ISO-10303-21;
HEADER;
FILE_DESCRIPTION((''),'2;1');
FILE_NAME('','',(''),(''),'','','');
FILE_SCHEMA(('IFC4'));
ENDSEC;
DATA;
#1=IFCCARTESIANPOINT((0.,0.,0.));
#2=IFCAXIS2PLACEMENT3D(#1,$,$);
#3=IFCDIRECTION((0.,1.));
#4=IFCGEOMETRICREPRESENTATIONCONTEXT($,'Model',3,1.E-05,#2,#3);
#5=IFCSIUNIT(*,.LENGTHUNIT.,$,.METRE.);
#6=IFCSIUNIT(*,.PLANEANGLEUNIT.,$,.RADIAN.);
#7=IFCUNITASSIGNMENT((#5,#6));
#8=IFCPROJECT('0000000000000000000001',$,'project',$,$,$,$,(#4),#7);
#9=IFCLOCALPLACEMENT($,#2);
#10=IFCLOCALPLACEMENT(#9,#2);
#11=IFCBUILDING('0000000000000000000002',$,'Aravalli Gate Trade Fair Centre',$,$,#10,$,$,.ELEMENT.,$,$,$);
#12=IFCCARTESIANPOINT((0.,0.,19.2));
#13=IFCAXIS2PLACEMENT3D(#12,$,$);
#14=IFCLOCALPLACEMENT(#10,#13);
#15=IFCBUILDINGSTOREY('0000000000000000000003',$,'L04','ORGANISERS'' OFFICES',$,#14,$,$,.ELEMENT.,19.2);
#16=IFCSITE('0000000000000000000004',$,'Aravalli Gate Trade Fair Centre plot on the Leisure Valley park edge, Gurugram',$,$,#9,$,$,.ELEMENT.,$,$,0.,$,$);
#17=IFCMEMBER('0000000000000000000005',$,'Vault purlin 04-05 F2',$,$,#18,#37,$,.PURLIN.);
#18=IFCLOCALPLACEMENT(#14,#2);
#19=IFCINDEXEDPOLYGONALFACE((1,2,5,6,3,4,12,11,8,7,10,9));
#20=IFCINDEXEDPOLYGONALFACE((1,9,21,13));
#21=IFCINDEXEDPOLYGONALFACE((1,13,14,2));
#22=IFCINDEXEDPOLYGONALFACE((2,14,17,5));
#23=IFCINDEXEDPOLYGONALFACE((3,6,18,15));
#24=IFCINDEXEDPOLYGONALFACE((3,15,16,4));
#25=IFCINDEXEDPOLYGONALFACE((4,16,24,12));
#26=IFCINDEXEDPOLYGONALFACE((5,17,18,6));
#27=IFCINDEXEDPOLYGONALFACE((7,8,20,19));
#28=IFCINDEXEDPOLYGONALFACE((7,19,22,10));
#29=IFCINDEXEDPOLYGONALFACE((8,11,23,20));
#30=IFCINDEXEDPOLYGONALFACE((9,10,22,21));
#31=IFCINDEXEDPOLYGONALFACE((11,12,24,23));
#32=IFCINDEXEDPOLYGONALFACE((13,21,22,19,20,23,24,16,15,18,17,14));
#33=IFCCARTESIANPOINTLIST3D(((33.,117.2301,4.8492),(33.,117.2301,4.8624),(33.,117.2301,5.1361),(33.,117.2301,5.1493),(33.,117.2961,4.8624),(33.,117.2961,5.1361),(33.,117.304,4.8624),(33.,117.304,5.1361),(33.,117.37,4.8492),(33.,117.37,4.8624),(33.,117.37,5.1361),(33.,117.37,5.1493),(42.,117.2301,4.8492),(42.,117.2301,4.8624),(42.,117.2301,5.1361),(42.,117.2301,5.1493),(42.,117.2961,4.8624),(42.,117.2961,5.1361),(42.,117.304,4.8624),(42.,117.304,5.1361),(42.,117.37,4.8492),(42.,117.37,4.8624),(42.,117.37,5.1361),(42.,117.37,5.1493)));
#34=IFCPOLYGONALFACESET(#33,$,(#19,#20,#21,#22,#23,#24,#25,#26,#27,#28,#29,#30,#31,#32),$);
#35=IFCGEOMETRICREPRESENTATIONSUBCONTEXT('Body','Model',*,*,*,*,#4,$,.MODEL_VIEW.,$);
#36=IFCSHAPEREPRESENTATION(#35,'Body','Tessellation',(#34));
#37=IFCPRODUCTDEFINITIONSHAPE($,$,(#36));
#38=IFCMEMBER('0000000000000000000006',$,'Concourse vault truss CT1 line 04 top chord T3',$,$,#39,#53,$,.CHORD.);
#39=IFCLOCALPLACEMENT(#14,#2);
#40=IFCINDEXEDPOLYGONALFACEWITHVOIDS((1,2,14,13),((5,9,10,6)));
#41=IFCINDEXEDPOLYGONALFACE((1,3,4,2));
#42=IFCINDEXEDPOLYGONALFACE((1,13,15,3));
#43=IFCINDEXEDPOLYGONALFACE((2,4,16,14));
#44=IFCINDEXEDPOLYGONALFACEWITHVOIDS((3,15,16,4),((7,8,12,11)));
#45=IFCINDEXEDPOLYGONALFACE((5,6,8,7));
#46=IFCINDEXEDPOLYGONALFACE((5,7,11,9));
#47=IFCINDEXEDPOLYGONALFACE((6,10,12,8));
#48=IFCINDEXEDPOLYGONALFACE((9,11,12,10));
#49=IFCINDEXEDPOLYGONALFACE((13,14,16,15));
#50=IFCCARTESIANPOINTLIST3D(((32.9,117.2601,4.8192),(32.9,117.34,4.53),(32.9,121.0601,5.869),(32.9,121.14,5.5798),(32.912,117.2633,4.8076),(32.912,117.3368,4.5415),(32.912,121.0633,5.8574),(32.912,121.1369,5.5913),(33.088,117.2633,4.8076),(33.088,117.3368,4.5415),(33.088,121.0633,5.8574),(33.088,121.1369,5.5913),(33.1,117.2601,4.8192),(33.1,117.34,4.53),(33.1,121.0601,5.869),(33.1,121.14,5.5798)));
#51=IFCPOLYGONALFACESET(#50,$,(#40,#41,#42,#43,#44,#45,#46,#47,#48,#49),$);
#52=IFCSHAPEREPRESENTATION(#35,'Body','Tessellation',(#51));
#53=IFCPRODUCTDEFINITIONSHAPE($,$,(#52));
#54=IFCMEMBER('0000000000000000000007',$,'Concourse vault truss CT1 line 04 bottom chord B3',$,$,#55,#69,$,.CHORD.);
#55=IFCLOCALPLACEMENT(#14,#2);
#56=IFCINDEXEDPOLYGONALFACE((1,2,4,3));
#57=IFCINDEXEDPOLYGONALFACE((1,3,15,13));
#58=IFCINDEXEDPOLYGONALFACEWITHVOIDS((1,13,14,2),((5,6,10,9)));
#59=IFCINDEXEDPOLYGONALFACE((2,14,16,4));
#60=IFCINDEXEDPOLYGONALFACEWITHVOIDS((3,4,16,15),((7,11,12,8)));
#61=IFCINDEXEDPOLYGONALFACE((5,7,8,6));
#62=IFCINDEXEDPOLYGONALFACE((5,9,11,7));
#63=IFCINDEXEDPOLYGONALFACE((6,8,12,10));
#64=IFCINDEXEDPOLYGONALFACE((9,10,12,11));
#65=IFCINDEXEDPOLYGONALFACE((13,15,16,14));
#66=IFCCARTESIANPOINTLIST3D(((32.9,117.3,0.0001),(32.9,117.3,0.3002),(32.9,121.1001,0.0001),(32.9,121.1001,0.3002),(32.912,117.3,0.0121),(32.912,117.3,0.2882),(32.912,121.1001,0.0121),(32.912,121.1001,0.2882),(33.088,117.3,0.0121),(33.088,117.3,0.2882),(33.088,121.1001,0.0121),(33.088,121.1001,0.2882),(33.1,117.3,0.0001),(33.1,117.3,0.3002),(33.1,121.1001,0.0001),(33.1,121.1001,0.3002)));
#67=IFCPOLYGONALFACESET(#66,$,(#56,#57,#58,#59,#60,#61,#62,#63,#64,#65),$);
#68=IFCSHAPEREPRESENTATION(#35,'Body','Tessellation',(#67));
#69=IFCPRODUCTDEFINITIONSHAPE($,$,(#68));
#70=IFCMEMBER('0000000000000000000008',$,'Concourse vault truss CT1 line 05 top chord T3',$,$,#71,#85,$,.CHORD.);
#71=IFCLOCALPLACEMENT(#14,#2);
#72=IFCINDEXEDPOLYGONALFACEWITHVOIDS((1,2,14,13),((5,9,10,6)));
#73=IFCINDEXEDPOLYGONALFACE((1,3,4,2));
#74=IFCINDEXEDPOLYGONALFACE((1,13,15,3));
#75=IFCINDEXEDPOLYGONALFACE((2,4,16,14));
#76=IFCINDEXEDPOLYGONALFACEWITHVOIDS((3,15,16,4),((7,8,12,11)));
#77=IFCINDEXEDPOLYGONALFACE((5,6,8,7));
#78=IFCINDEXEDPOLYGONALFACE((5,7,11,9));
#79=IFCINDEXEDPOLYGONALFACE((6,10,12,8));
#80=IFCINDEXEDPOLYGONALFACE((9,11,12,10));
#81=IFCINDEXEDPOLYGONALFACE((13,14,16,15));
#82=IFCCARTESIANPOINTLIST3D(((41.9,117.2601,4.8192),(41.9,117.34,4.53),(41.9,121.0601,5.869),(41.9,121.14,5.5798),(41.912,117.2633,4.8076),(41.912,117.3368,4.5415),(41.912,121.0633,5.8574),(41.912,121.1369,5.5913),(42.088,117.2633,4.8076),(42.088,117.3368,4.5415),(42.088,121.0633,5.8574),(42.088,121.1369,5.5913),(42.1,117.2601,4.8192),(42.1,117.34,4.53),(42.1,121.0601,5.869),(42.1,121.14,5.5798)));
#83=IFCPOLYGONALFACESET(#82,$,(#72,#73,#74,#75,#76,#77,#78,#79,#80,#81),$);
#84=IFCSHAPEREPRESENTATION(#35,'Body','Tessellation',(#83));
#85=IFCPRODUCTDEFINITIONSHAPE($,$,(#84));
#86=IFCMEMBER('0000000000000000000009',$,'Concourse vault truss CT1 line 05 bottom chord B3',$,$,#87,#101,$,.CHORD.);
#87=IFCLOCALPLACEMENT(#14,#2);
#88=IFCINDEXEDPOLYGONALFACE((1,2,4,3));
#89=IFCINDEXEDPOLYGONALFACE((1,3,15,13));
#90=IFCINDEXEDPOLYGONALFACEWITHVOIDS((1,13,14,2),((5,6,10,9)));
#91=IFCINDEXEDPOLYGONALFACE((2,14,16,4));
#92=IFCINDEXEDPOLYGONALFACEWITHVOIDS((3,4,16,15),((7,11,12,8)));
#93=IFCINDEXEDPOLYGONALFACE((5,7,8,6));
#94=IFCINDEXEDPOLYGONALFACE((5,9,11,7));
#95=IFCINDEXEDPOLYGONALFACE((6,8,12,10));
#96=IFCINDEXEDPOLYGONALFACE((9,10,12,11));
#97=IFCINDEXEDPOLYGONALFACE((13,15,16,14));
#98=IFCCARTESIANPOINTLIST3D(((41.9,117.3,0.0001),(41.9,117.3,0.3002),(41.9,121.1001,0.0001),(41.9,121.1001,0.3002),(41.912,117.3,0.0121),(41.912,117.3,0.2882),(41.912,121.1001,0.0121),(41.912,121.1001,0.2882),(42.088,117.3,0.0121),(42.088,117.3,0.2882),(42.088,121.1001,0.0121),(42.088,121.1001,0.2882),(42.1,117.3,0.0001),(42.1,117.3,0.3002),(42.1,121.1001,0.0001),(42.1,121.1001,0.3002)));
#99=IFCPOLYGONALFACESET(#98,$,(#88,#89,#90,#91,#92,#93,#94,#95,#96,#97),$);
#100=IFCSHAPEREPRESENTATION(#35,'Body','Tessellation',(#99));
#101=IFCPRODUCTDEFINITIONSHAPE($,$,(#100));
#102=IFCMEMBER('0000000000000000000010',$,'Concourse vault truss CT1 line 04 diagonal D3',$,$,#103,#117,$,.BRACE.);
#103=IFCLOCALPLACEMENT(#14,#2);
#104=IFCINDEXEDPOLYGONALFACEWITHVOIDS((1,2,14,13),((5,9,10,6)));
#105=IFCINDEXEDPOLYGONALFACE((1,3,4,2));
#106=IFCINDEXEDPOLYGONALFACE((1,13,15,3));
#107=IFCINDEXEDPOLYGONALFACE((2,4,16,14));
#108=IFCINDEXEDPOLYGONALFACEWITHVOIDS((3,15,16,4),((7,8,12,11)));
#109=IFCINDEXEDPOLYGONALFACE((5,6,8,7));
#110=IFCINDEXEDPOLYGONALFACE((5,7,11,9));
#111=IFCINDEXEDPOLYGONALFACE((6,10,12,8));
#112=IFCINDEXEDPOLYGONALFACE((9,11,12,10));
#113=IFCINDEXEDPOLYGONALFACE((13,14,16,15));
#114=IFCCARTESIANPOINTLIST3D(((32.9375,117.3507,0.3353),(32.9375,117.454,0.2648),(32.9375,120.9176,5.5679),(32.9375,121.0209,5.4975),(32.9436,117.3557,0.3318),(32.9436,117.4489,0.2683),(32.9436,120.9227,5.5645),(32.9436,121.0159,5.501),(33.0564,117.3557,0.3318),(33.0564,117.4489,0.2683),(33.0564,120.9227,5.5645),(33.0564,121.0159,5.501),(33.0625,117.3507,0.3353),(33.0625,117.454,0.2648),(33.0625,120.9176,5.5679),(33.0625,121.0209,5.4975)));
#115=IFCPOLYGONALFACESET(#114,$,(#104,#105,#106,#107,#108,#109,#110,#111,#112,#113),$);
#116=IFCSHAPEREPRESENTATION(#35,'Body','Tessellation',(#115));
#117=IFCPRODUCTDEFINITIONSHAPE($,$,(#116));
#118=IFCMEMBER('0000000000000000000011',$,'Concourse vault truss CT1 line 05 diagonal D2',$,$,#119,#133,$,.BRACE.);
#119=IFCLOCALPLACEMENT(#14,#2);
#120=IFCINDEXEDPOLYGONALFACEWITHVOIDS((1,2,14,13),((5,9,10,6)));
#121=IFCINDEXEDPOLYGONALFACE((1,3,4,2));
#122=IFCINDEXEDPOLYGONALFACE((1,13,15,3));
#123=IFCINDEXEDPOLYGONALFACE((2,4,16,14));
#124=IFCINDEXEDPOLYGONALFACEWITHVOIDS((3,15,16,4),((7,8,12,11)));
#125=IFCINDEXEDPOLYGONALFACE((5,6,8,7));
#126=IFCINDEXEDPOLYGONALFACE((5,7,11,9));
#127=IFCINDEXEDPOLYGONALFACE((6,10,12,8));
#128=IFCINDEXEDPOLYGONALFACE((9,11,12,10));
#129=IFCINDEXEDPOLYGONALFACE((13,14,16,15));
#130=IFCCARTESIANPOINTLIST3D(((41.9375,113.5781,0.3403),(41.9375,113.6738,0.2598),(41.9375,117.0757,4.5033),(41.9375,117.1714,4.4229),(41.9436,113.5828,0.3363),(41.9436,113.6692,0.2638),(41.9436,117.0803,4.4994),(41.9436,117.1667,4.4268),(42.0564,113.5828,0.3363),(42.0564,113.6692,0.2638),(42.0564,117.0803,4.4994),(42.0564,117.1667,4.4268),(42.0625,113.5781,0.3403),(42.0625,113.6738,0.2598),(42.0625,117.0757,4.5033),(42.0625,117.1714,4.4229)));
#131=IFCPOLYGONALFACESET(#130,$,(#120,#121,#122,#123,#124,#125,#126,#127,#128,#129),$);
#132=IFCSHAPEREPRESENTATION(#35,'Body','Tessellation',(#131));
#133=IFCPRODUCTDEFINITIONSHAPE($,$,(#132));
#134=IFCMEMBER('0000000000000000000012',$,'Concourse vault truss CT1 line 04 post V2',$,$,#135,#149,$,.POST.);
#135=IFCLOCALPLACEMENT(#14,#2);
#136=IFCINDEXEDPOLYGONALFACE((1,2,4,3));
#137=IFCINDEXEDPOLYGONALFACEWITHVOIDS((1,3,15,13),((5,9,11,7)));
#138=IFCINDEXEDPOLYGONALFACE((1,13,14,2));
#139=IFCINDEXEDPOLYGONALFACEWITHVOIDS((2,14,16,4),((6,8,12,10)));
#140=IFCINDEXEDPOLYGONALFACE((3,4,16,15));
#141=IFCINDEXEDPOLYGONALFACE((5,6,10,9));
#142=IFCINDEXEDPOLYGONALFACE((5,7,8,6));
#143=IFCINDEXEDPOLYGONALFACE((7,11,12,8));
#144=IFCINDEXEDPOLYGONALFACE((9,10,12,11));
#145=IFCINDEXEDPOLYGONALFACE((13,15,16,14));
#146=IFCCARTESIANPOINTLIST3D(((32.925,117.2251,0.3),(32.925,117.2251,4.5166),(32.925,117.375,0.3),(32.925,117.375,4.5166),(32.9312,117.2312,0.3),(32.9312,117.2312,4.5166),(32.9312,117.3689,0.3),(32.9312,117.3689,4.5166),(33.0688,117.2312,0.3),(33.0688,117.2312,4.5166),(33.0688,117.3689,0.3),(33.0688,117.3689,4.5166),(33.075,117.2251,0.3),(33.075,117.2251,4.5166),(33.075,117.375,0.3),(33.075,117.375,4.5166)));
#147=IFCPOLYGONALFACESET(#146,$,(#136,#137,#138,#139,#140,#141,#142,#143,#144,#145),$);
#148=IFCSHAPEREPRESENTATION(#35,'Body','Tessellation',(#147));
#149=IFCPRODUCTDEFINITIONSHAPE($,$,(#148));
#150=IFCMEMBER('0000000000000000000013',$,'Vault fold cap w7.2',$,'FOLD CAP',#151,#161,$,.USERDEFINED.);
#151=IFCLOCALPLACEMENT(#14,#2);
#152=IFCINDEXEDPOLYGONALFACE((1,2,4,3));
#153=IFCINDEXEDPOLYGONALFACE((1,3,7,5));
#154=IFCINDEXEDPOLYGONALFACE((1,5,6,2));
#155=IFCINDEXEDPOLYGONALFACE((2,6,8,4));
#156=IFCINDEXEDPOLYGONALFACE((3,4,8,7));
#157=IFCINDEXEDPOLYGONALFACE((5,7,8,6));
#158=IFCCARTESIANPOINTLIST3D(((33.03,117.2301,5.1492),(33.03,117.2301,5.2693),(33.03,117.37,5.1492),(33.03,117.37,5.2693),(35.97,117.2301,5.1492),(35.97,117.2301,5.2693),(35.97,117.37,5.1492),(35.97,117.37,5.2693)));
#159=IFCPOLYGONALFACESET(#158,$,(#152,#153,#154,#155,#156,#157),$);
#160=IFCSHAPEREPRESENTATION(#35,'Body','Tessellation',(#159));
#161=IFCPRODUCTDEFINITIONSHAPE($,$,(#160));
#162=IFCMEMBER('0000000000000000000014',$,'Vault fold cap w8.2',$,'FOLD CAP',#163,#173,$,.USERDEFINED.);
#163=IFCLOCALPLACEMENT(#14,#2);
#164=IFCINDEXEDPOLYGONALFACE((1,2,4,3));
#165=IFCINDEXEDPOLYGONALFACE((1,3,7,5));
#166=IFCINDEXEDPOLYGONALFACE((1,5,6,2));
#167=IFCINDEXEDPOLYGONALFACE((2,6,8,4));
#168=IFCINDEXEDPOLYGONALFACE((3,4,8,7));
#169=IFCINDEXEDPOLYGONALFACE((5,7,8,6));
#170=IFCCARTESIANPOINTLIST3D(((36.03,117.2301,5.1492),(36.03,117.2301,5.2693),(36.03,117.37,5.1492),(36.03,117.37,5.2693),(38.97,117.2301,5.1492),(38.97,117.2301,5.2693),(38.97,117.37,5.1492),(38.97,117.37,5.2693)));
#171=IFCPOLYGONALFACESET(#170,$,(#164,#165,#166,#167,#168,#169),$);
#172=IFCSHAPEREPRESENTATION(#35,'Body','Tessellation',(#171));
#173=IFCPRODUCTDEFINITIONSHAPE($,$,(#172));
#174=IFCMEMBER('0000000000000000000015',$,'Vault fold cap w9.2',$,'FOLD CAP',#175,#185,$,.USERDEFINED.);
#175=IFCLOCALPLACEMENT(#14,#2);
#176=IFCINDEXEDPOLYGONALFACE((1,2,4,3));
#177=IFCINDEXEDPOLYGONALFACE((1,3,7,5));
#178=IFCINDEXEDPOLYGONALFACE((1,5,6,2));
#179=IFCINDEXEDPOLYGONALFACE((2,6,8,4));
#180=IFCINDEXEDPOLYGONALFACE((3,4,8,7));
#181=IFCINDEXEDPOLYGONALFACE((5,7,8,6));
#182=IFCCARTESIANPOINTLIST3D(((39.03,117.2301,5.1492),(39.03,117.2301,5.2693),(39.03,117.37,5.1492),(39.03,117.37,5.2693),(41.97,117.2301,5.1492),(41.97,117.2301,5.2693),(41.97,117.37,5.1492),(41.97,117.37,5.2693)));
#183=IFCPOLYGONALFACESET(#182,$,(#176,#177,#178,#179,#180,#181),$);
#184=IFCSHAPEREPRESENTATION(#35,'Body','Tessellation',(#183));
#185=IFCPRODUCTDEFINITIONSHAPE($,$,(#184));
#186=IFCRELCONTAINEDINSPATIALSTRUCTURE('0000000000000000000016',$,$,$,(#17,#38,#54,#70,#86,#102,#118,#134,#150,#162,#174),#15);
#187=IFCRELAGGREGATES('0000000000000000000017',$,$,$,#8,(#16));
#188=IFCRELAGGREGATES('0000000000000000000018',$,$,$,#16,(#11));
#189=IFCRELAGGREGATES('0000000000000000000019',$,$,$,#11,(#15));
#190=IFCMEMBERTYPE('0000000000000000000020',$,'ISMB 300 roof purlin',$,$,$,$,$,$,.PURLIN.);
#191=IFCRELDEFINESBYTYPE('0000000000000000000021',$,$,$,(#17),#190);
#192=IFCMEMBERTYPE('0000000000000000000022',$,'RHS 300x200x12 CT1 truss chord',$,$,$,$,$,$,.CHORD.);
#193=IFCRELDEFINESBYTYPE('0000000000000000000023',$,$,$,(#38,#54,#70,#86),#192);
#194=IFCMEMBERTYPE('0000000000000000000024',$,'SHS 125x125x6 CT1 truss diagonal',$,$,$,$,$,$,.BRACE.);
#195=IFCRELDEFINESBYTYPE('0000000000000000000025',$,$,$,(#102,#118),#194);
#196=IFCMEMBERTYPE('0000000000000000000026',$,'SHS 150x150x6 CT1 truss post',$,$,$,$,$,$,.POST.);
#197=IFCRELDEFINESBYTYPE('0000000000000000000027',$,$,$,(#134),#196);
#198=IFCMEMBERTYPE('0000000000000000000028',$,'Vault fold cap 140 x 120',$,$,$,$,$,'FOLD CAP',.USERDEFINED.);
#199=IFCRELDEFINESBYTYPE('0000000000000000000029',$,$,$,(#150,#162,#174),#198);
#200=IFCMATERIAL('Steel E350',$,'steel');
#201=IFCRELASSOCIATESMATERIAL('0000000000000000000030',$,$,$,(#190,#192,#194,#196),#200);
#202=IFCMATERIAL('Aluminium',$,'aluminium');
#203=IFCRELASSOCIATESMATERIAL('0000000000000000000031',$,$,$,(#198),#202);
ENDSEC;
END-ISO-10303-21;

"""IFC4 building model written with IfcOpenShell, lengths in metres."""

from ifc_helpers import new_model, si_unit, direction, frame, origin, origin_2d, place, context, subcontext, project, spatial, rectangle, hollow_rectangle, i_section, extrude, material, material_profile, profile_set, type_object, element, save


model = new_model("IFC4")

# Units and contexts
model_context = context("Model", 3, precision=1e-05, world=origin(), true_north=direction((0.0, 1.0)))
body_context = subcontext(model_context, "Body", "Model", "MODEL_VIEW")
ifc_project = project(units=[si_unit("LENGTHUNIT", "METRE"), si_unit("PLANEANGLEUNIT", "RADIAN")], contexts=[model_context])

# Site, building, storey
site_placement = place(None, origin())
site = spatial("IfcSite", under=ifc_project, at=site_placement, Name="Aravalli Gate Trade Fair Centre plot on the Leisure Valley park edge, Gurugram", CompositionType="ELEMENT", RefElevation=0.0)
building_placement = place(site_placement, origin())
building = spatial("IfcBuilding", under=site, at=building_placement, Name="Aravalli Gate Trade Fair Centre", CompositionType="ELEMENT")
storey_placement = place(building_placement, frame((0.0, 0.0, 19.2)))
storey = spatial("IfcBuildingStorey", under=building, at=storey_placement, Name="L04", Description="ORGANISERS' OFFICES", CompositionType="ELEMENT", Elevation=19.2)

# Members
ifc_material_1 = material(Name="Steel E350", Category="steel")
ifc_material_profile_1 = material_profile(ifc_material_1, i_section(OverallWidth=0.1399, OverallDepth=0.3, WebThickness=0.0078, FlangeThickness=0.0132, at=origin_2d()), Name="ISMB 300")
ifc_profile_set_1 = profile_set([ifc_material_profile_1], Name="Steel E350")
member_type_1 = type_object("IfcMemberType", Name="ISMB 300 roof purlin", PredefinedType="PURLIN", material=ifc_profile_set_1)
member_1_placement = place(storey_placement, frame((33.0, 117.3, 4.9993), z_axis=(1.0, 0.0, 0.0), x_axis=(0.0, 1.0, 0.0)))
element("IfcMember", 1, at=member_1_placement, inside=storey, type_object=member_type_1, Name="Vault purlin 04-05 F2", PredefinedType="PURLIN", context=body_context, shape_type="SweptSolid", body=[
    extrude(i_section(OverallWidth=0.1399, OverallDepth=0.3, WebThickness=0.0078, FlangeThickness=0.0132, at=origin_2d()), origin(), (0.0, 0.0, 1.0), 9.0),
])
ifc_material_profile_2 = material_profile(ifc_material_1, hollow_rectangle(XDim=0.2, YDim=0.3, WallThickness=0.012, at=origin_2d()), Name="RHS 300x200x12")
ifc_profile_set_2 = profile_set([ifc_material_profile_2], Name="Steel E350")
member_type_2 = type_object("IfcMemberType", Name="RHS 300x200x12 CT1 truss chord", PredefinedType="CHORD", material=ifc_profile_set_2)
member_2_placement = place(storey_placement, frame((33.0, 117.3, 4.6746), z_axis=(0.0, 0.963894, 0.266286), x_axis=(-1.0, 0.0, 0.0)))
element("IfcMember", 2, at=member_2_placement, inside=storey, type_object=member_type_2, Name="Concourse vault truss CT1 line 04 top chord T3", PredefinedType="CHORD", context=body_context, shape_type="SweptSolid", body=[
    extrude(hollow_rectangle(XDim=0.2, YDim=0.3, WallThickness=0.012, at=origin_2d()), origin(), (0.0, 0.0, 1.0), 3.9424),
])
member_3_placement = place(storey_placement, frame((33.0, 117.3, 0.1501), z_axis=(0.0, 1.0, 0.0), x_axis=(-1.0, 0.0, 0.0)))
element("IfcMember", 3, at=member_3_placement, inside=storey, type_object=member_type_2, Name="Concourse vault truss CT1 line 04 bottom chord B3", PredefinedType="CHORD", context=body_context, shape_type="SweptSolid", body=[
    extrude(hollow_rectangle(XDim=0.2, YDim=0.3, WallThickness=0.012, at=origin_2d()), origin(), (0.0, 0.0, 1.0), 3.8),
])
member_4_placement = place(storey_placement, frame((42.0, 117.3, 4.6746), z_axis=(0.0, 0.963894, 0.266286), x_axis=(-1.0, 0.0, 0.0)))
element("IfcMember", 4, at=member_4_placement, inside=storey, type_object=member_type_2, Name="Concourse vault truss CT1 line 05 top chord T3", PredefinedType="CHORD", context=body_context, shape_type="SweptSolid", body=[
    extrude(hollow_rectangle(XDim=0.2, YDim=0.3, WallThickness=0.012, at=origin_2d()), origin(), (0.0, 0.0, 1.0), 3.9424),
])
member_5_placement = place(storey_placement, frame((42.0, 117.3, 0.1501), z_axis=(0.0, 1.0, 0.0), x_axis=(-1.0, 0.0, 0.0)))
element("IfcMember", 5, at=member_5_placement, inside=storey, type_object=member_type_2, Name="Concourse vault truss CT1 line 05 bottom chord B3", PredefinedType="CHORD", context=body_context, shape_type="SweptSolid", body=[
    extrude(hollow_rectangle(XDim=0.2, YDim=0.3, WallThickness=0.012, at=origin_2d()), origin(), (0.0, 0.0, 1.0), 3.8),
])
ifc_material_profile_3 = material_profile(ifc_material_1, hollow_rectangle(XDim=0.125, YDim=0.125, WallThickness=0.0061, at=origin_2d()), Name="SHS 125x125x6")
ifc_profile_set_3 = profile_set([ifc_material_profile_3], Name="Steel E350")
member_type_3 = type_object("IfcMemberType", Name="SHS 125x125x6 CT1 truss diagonal", PredefinedType="BRACE", material=ifc_profile_set_3)
member_6_placement = place(storey_placement, frame((33.0, 117.4023, 0.3), z_axis=(0.0, 0.563247, 0.826289), x_axis=(-1.0, 0.0, 0.0)))
element("IfcMember", 6, at=member_6_placement, inside=storey, type_object=member_type_3, Name="Concourse vault truss CT1 line 04 diagonal D3", PredefinedType="BRACE", context=body_context, shape_type="SweptSolid", body=[
    extrude(hollow_rectangle(XDim=0.125, YDim=0.125, WallThickness=0.0061, at=origin_2d()), origin(), (0.0, 0.0, 1.0), 6.3328),
])
member_7_placement = place(storey_placement, frame((42.0, 113.626, 0.3), z_axis=(0.0, 0.643253, 0.765654), x_axis=(-1.0, 0.0, 0.0)))
element("IfcMember", 7, at=member_7_placement, inside=storey, type_object=member_type_3, Name="Concourse vault truss CT1 line 05 diagonal D2", PredefinedType="BRACE", context=body_context, shape_type="SweptSolid", body=[
    extrude(hollow_rectangle(XDim=0.125, YDim=0.125, WallThickness=0.0061, at=origin_2d()), origin(), (0.0, 0.0, 1.0), 5.4373),
])
ifc_material_profile_4 = material_profile(ifc_material_1, hollow_rectangle(XDim=0.1499, YDim=0.1499, WallThickness=0.0061, at=origin_2d()), Name="SHS 150x150x6")
ifc_profile_set_4 = profile_set([ifc_material_profile_4], Name="Steel E350")
member_type_4 = type_object("IfcMemberType", Name="SHS 150x150x6 CT1 truss post", PredefinedType="POST", material=ifc_profile_set_4)
member_8_placement = place(storey_placement, frame((33.0, 117.3, 0.3), z_axis=(0.0, 0.0, 1.0), x_axis=(1.0, 0.0, 0.0)))
element("IfcMember", 8, at=member_8_placement, inside=storey, type_object=member_type_4, Name="Concourse vault truss CT1 line 04 post V2", PredefinedType="POST", context=body_context, shape_type="SweptSolid", body=[
    extrude(hollow_rectangle(XDim=0.1499, YDim=0.1499, WallThickness=0.0061, at=origin_2d()), origin(), (0.0, 0.0, 1.0), 4.2166),
])
ifc_material_2 = material(Name="Aluminium", Category="aluminium")
ifc_material_profile_5 = material_profile(ifc_material_2, rectangle(XDim=0.1399, YDim=0.1201, at=origin_2d()), Name="Vault fold cap 140 x 120")
ifc_profile_set_5 = profile_set([ifc_material_profile_5], Name="Aluminium")
member_type_5 = type_object("IfcMemberType", Name="Vault fold cap 140 x 120", ElementType="FOLD CAP", PredefinedType="USERDEFINED", material=ifc_profile_set_5)
for number, where, z_axis, x_axis, name in (
    (9, (33.03, 117.3, 5.2092), (1.0, 0.0, 0.0), (0.0, 1.0, 0.0), "Vault fold cap w7.2"),
    (10, (36.03, 117.3, 5.2092), (1.0, 0.0, 0.0), (0.0, 1.0, 0.0), "Vault fold cap w8.2"),
    (11, (39.03, 117.3, 5.2092), (1.0, 0.0, 0.0), (0.0, 1.0, 0.0), "Vault fold cap w9.2"),
):
    element("IfcMember", number, at=place(storey_placement, frame(where, z_axis=z_axis, x_axis=x_axis)), inside=storey, type_object=member_type_5, Name=name, ObjectType="FOLD CAP", PredefinedType="USERDEFINED", context=body_context, shape_type="SweptSolid", body=[
        extrude(rectangle(XDim=0.1399, YDim=0.1201, at=origin_2d()), origin(), (0.0, 0.0, 1.0), 2.9399),
    ])

save(model, "model.ifc")
